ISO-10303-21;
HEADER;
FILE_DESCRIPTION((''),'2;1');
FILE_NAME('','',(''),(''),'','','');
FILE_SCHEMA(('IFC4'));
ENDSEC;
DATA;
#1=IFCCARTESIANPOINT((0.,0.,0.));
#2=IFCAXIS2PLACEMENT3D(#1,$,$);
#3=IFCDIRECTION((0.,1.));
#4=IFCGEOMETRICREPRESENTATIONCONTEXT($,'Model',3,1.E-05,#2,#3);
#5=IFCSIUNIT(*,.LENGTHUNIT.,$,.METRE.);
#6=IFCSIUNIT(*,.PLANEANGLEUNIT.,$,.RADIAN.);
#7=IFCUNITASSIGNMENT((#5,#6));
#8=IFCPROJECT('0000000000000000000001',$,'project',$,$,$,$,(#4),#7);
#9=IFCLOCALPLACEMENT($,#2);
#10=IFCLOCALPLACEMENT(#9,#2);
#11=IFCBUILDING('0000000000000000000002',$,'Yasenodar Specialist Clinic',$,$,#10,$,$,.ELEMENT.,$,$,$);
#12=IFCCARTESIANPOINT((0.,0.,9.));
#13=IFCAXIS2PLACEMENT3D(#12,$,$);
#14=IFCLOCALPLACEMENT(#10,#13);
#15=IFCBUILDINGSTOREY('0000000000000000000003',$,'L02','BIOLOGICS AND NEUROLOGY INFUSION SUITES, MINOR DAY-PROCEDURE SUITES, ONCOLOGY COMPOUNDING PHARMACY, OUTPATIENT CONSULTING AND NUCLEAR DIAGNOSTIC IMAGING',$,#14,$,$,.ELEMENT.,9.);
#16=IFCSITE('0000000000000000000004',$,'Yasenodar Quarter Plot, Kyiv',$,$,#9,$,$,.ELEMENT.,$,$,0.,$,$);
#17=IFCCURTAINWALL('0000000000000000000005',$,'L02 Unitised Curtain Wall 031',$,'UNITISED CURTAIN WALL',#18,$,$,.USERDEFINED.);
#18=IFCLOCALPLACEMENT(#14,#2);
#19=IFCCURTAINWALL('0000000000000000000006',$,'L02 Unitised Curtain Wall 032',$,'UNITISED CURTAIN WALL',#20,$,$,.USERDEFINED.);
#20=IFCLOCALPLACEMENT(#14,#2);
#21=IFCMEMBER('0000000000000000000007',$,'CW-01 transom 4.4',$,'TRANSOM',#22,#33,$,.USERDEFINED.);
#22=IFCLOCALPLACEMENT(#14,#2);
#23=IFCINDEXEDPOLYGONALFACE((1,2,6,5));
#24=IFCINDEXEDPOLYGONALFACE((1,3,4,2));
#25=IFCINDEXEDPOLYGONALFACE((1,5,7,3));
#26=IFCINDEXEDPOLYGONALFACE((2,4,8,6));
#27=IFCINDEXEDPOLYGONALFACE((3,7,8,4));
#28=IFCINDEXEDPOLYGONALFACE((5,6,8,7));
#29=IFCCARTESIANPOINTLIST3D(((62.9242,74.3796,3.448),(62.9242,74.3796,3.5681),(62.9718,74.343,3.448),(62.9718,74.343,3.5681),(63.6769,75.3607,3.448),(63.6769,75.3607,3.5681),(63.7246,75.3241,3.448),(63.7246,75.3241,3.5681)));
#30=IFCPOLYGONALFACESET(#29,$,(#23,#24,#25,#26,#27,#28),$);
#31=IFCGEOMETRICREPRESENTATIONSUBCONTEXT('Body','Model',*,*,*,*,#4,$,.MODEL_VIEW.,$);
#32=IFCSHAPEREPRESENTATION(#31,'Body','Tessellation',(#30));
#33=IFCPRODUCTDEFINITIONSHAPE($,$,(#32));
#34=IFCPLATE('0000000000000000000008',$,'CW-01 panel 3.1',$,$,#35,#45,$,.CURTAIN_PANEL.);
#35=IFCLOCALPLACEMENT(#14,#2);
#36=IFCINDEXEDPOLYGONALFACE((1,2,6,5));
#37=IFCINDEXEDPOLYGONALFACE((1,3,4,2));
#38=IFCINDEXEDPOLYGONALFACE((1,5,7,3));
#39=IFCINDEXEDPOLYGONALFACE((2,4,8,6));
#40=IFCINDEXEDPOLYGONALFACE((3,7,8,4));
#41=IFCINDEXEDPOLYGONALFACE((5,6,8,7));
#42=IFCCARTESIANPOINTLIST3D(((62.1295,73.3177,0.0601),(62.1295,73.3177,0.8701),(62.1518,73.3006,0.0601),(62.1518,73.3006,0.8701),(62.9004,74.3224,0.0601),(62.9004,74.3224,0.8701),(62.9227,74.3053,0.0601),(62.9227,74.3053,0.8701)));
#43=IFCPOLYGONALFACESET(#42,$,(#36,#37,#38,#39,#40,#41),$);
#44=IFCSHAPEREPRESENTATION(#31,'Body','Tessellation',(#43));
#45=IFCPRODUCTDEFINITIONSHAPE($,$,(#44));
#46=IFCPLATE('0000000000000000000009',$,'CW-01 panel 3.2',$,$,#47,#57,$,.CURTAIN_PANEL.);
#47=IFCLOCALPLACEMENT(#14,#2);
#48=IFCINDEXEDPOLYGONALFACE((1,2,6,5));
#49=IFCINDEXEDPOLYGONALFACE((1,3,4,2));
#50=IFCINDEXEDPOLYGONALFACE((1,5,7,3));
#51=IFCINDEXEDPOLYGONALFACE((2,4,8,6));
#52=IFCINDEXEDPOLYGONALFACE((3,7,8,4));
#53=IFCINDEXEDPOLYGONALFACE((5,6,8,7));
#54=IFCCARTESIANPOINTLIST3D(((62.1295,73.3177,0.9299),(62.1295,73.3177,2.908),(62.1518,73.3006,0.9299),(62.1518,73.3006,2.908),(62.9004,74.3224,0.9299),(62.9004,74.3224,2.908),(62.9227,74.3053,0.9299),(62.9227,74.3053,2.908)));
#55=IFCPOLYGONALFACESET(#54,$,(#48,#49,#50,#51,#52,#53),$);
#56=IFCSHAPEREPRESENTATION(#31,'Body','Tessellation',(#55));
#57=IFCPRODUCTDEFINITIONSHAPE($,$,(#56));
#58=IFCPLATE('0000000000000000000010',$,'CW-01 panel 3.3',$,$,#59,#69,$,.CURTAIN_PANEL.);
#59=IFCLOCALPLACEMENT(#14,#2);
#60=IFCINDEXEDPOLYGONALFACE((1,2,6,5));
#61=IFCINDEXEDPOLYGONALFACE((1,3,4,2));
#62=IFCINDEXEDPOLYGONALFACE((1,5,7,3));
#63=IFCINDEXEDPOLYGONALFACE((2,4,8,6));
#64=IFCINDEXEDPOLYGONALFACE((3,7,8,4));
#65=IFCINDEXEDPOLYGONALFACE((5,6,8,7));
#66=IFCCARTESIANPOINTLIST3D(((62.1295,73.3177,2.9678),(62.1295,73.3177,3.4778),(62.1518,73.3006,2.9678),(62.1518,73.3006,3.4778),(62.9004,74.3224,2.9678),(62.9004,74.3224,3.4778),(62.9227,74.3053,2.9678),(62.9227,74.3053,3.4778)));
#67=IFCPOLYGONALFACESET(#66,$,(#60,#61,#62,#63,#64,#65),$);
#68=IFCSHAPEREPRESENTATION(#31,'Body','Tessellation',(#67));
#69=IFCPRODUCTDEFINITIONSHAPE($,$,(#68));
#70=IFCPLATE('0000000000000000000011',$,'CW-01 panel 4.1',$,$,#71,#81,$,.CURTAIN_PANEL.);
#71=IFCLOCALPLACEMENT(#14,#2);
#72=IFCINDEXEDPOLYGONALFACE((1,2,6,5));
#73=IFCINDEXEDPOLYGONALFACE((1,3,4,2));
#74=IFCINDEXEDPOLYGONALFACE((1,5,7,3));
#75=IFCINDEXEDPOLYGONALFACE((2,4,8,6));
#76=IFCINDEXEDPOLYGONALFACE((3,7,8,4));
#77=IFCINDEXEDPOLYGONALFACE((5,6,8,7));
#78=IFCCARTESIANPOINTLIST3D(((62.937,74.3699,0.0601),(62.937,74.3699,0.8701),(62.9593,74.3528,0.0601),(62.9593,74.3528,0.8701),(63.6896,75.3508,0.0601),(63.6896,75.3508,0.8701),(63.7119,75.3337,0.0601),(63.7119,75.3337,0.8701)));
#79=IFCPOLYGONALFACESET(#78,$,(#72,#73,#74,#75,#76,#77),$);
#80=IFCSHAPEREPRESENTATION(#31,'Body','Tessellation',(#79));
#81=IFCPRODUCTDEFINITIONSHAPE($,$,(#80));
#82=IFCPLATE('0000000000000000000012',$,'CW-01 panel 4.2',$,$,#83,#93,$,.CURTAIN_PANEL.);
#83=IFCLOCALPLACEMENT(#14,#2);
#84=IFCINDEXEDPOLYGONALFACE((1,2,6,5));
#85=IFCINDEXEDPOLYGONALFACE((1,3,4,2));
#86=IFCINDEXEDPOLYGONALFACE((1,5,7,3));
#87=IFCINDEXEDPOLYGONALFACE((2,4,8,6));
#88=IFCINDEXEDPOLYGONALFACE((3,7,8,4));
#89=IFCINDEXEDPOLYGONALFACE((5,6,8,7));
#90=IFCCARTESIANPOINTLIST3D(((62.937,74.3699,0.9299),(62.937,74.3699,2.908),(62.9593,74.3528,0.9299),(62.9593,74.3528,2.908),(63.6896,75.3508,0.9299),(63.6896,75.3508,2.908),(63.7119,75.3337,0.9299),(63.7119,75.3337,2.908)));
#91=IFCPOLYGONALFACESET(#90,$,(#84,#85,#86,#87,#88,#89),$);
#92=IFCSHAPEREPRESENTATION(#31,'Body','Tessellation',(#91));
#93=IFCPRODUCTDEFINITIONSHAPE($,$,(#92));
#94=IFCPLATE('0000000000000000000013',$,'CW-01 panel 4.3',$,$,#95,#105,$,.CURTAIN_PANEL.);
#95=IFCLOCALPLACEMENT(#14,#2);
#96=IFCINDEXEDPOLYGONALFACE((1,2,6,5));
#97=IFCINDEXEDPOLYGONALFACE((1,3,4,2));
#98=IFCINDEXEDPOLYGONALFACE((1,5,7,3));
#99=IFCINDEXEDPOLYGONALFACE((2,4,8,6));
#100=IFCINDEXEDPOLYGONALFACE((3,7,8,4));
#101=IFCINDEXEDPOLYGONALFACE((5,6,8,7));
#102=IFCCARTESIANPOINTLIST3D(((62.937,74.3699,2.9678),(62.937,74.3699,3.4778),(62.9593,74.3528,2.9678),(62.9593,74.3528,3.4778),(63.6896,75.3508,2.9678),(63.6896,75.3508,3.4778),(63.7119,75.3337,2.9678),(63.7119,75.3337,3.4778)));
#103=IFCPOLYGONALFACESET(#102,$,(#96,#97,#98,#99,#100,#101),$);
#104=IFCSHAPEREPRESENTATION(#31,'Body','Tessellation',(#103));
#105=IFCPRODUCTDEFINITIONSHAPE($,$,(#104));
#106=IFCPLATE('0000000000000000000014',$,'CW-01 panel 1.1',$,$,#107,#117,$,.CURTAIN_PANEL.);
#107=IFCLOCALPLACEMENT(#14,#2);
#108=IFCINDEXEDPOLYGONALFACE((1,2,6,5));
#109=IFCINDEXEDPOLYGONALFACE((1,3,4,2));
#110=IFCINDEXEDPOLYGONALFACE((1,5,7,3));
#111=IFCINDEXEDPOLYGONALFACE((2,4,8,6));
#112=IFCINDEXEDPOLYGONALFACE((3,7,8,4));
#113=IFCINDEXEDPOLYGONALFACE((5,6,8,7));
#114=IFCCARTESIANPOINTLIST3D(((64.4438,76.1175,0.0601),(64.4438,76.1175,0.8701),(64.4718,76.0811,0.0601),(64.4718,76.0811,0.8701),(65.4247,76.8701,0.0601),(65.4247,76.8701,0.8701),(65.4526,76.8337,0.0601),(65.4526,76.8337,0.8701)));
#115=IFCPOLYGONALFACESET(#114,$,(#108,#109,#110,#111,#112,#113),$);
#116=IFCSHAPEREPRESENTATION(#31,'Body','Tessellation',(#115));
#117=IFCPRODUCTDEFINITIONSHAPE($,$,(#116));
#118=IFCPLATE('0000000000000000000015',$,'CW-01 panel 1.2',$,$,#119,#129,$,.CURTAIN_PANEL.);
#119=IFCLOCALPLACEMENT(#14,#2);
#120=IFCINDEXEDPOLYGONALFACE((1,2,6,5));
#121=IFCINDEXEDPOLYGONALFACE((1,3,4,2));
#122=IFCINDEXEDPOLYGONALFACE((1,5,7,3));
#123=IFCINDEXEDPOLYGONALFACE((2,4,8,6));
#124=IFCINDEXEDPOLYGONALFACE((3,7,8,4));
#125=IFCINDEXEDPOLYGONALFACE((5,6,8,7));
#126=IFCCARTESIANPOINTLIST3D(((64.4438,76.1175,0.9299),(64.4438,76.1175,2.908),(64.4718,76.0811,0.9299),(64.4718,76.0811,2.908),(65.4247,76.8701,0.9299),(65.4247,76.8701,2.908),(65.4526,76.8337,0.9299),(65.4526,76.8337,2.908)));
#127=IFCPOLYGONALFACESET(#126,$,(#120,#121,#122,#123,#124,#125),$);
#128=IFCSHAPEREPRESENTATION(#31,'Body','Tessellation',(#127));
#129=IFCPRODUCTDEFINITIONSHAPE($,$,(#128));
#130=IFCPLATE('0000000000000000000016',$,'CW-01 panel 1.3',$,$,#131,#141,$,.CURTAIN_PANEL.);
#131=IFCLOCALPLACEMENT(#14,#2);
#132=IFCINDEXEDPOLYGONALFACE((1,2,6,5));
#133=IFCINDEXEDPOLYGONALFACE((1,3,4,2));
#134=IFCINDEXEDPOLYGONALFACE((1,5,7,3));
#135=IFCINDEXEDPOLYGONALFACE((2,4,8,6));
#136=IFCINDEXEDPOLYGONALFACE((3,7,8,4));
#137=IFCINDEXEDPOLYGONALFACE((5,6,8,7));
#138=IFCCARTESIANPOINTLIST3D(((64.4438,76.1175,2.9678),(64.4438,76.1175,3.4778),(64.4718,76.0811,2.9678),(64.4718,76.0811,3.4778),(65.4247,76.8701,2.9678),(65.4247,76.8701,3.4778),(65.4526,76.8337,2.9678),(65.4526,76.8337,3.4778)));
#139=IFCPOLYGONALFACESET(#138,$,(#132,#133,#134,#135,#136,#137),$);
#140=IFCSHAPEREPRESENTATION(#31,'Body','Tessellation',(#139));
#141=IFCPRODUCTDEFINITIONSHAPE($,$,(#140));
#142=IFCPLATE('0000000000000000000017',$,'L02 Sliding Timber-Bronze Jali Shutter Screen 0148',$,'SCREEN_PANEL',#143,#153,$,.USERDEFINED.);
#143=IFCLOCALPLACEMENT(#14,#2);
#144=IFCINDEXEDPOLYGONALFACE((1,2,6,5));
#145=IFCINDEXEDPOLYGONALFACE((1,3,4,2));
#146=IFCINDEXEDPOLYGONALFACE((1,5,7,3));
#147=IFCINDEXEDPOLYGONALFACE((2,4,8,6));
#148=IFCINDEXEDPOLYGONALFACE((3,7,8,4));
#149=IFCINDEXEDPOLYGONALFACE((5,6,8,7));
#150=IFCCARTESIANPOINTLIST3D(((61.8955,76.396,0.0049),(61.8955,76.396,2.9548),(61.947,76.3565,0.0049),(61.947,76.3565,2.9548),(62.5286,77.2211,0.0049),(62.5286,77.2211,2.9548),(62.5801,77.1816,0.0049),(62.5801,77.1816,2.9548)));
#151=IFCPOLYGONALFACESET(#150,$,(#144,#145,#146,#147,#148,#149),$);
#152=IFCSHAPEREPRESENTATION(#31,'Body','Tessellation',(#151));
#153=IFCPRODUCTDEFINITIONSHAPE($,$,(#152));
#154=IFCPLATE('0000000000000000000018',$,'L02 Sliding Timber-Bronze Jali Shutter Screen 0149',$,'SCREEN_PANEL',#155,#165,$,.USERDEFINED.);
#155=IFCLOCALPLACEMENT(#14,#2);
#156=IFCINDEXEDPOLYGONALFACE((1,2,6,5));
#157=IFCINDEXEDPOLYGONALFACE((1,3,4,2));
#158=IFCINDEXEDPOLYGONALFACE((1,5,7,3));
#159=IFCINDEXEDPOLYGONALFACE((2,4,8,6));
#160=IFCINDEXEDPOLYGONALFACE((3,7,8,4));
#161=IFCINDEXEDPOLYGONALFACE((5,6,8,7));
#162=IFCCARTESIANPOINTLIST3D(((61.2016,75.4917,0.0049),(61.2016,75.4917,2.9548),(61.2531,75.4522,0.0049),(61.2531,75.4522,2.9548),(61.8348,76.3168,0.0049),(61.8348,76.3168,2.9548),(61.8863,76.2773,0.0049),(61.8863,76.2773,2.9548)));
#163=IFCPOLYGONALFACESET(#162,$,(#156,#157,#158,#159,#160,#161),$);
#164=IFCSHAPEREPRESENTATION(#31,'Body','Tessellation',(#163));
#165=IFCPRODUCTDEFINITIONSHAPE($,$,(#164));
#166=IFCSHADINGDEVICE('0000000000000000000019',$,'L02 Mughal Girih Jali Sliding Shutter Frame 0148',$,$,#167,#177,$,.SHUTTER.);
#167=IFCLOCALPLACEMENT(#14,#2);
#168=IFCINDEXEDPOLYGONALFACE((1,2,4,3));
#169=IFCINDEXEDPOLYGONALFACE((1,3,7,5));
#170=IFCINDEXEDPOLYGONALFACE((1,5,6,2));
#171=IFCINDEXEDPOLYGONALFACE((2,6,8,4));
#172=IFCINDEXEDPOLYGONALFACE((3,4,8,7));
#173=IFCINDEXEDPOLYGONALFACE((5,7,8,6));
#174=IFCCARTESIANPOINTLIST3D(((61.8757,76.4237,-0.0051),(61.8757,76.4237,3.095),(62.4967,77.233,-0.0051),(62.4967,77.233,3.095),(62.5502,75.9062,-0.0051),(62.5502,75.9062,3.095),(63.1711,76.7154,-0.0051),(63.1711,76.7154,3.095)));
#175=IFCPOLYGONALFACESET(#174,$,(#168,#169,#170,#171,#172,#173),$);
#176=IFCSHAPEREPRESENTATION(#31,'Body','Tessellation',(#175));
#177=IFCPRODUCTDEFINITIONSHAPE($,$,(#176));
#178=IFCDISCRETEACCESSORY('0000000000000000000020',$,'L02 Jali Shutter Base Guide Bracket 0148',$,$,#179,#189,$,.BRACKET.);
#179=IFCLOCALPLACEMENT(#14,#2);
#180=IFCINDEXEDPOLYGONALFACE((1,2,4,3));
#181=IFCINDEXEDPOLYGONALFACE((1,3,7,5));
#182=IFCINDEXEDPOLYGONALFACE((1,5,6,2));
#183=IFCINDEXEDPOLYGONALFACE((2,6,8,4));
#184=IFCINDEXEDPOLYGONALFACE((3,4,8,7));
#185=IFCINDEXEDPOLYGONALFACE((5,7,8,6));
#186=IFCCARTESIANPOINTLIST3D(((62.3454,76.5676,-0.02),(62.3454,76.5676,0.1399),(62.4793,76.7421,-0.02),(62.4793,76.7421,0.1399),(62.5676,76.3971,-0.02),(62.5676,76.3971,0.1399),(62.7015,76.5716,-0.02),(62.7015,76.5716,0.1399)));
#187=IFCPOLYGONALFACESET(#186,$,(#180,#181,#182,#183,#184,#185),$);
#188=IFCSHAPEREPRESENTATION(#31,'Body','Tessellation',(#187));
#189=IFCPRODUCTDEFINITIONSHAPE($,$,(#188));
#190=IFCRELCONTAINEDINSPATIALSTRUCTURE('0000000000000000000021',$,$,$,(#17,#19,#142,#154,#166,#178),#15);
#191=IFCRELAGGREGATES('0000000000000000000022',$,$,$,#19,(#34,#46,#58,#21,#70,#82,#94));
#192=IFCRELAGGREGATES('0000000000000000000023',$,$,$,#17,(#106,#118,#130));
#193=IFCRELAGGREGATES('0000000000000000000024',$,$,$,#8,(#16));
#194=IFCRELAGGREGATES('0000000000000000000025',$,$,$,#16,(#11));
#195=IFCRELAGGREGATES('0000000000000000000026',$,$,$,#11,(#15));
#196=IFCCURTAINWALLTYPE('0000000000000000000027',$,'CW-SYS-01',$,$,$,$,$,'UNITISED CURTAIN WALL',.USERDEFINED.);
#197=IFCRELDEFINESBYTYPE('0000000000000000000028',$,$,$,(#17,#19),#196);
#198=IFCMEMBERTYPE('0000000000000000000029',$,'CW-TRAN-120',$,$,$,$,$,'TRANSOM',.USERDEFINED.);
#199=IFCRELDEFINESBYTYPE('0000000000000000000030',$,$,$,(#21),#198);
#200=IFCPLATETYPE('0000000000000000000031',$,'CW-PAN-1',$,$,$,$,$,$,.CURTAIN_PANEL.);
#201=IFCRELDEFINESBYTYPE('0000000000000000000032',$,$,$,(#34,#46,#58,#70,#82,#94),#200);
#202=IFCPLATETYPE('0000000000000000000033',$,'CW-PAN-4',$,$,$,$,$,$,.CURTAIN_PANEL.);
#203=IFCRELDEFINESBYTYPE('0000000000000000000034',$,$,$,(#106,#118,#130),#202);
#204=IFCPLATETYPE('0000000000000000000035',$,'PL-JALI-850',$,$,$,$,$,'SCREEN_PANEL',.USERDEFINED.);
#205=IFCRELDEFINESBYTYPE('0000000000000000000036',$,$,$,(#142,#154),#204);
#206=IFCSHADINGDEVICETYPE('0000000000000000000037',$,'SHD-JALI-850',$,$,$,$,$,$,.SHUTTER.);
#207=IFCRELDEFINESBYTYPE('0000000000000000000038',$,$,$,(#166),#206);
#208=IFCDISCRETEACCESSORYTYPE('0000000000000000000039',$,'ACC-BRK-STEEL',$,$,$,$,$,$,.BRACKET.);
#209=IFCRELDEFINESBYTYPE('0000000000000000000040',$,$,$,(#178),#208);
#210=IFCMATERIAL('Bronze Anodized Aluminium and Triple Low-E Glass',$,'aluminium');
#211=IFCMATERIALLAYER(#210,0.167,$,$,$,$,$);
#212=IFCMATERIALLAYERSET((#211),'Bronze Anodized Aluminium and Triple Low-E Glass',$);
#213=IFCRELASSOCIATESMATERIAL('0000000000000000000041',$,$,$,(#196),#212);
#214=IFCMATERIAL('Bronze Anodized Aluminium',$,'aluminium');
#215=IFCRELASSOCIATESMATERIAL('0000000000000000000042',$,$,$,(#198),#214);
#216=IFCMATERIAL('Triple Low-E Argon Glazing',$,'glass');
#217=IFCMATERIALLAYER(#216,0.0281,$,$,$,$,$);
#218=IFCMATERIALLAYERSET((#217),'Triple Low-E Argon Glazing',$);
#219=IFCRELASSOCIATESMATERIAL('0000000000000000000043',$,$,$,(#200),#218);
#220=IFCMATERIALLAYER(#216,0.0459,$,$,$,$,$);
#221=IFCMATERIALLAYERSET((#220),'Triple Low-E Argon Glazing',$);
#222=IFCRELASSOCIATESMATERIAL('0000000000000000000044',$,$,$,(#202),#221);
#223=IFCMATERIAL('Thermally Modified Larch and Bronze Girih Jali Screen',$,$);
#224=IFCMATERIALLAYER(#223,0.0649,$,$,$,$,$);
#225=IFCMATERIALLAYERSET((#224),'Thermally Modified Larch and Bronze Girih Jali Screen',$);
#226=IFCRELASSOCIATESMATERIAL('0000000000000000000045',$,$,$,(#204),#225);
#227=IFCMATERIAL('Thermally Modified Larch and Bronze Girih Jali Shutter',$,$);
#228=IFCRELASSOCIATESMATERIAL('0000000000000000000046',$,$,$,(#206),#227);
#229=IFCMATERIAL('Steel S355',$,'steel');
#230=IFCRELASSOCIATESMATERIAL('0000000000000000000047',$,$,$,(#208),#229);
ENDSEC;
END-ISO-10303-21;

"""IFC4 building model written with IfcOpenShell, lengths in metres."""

from ifc_helpers import new_model, si_unit, direction, frame, origin, origin_2d, place, context, subcontext, project, spatial, rectangle, extrude, material, layer, layer_set, material_profile, profile_set, type_object, element, aggregate, save


model = new_model("IFC4")

# Units and contexts
model_context = context("Model", 3, precision=1e-05, world=origin(), true_north=direction((0.0, 1.0)))
body_context = subcontext(model_context, "Body", "Model", "MODEL_VIEW")
ifc_project = project(units=[si_unit("LENGTHUNIT", "METRE"), si_unit("PLANEANGLEUNIT", "RADIAN")], contexts=[model_context])

# Site, building, storey
site_placement = place(None, origin())
site = spatial("IfcSite", under=ifc_project, at=site_placement, Name="Yasenodar Quarter Plot, Kyiv", CompositionType="ELEMENT", RefElevation=0.0)
building_placement = place(site_placement, origin())
building = spatial("IfcBuilding", under=site, at=building_placement, Name="Yasenodar Specialist Clinic", CompositionType="ELEMENT")
storey_placement = place(building_placement, frame((0.0, 0.0, 9.0)))
storey = spatial("IfcBuildingStorey", under=building, at=storey_placement, Name="L02", Description="BIOLOGICS AND NEUROLOGY INFUSION SUITES, MINOR DAY-PROCEDURE SUITES, ONCOLOGY COMPOUNDING PHARMACY, OUTPATIENT CONSULTING AND NUCLEAR DIAGNOSTIC IMAGING", CompositionType="ELEMENT", Elevation=9.0)

# Shared definitions
ifc_material_1 = material(Name="Steel S355", Category="steel")

# Curtain walls
ifc_material_2 = material(Name="Bronze Anodized Aluminium and Triple Low-E Glass", Category="aluminium")
ifc_layer_1 = layer(ifc_material_2, 0.167)
ifc_layer_set_1 = layer_set([ifc_layer_1], Name="Bronze Anodized Aluminium and Triple Low-E Glass")
curtain_wall_type = type_object("IfcCurtainWallType", Name="CW-SYS-01", ElementType="UNITISED CURTAIN WALL", PredefinedType="USERDEFINED", material=ifc_layer_set_1)
curtain_wall_1_placement = place(storey_placement, origin())
curtain_wall_1 = element("IfcCurtainWall", 1, at=curtain_wall_1_placement, inside=storey, type_object=curtain_wall_type, Name="L02 Unitised Curtain Wall 031", ObjectType="UNITISED CURTAIN WALL", PredefinedType="USERDEFINED")
ifc_material_3 = material(Name="Bronze Anodized Aluminium", Category="aluminium")
curtain_wall_2_placement = place(storey_placement, origin())
curtain_wall_2 = element("IfcCurtainWall", 2, at=curtain_wall_2_placement, inside=storey, type_object=curtain_wall_type, Name="L02 Unitised Curtain Wall 032", ObjectType="UNITISED CURTAIN WALL", PredefinedType="USERDEFINED")

# Member
ifc_material_profile_1 = material_profile(ifc_material_3, rectangle(XDim=0.0601, YDim=0.1201, at=origin_2d()), Name="CW-TRAN 60x120")
ifc_profile_set_1 = profile_set([ifc_material_profile_1], Name="Bronze Anodized Aluminium")
member_type_1 = type_object("IfcMemberType", Name="CW-TRAN-120", ElementType="TRANSOM", PredefinedType="USERDEFINED", material=ifc_profile_set_1)
member_1_placement = place(storey_placement, frame((62.948, 74.3613, 3.5081), z_axis=(0.608747, 0.793365, 0.0), x_axis=(-0.793365, 0.608747, 0.0)))
member_1 = element("IfcMember", 3, at=member_1_placement, type_object=member_type_1, Name="CW-01 transom 4.4", ObjectType="TRANSOM", PredefinedType="USERDEFINED", context=body_context, shape_type="SweptSolid", body=[
    extrude(rectangle(XDim=0.0601, YDim=0.1201, at=origin_2d()), origin(), (0.0, 0.0, 1.0), 1.2366),
])

# Plates
ifc_material_4 = material(Name="Triple Low-E Argon Glazing", Category="glass")
ifc_layer_2 = layer(ifc_material_4, 0.0281)
ifc_layer_set_2 = layer_set([ifc_layer_2], Name="Triple Low-E Argon Glazing")
plate_type_1 = type_object("IfcPlateType", Name="CW-PAN-1", PredefinedType="CURTAIN_PANEL", material=ifc_layer_set_2)
plate_1_placement = place(storey_placement, frame((62.5261, 73.8115, 0.0601), z_axis=(0.0, 0.0, 1.0), x_axis=(0.608752, 0.793361, 0.0)))
plate_1 = element("IfcPlate", 4, at=plate_1_placement, type_object=plate_type_1, Name="CW-01 panel 3.1", PredefinedType="CURTAIN_PANEL", context=body_context, shape_type="SweptSolid", body=[
    extrude(rectangle(XDim=1.2664, YDim=0.0281, at=origin_2d()), origin(), (0.0, 0.0, 1.0), 0.8101),
])
plate_2_placement = place(storey_placement, frame((62.5261, 73.8115, 0.9299), z_axis=(0.0, 0.0, 1.0), x_axis=(0.608752, 0.793361, 0.0)))
plate_2 = element("IfcPlate", 5, at=plate_2_placement, type_object=plate_type_1, Name="CW-01 panel 3.2", PredefinedType="CURTAIN_PANEL", context=body_context, shape_type="SweptSolid", body=[
    extrude(rectangle(XDim=1.2664, YDim=0.0281, at=origin_2d()), origin(), (0.0, 0.0, 1.0), 1.978),
])
plate_3_placement = place(storey_placement, frame((62.5261, 73.8115, 2.9678), z_axis=(0.0, 0.0, 1.0), x_axis=(0.608752, 0.793361, 0.0)))
plate_3 = element("IfcPlate", 6, at=plate_3_placement, type_object=plate_type_1, Name="CW-01 panel 3.3", PredefinedType="CURTAIN_PANEL", context=body_context, shape_type="SweptSolid", body=[
    extrude(rectangle(XDim=1.2664, YDim=0.0281, at=origin_2d()), origin(), (0.0, 0.0, 1.0), 0.51),
])
plate_4_placement = place(storey_placement, frame((63.3245, 74.8518, 0.0601), z_axis=(0.0, 0.0, 1.0), x_axis=(0.608752, 0.793361, 0.0)))
plate_4 = element("IfcPlate", 7, at=plate_4_placement, type_object=plate_type_1, Name="CW-01 panel 4.1", PredefinedType="CURTAIN_PANEL", context=body_context, shape_type="SweptSolid", body=[
    extrude(rectangle(XDim=1.2363, YDim=0.0281, at=origin_2d()), origin(), (0.0, 0.0, 1.0), 0.8101),
])
plate_5_placement = place(storey_placement, frame((63.3245, 74.8518, 0.9299), z_axis=(0.0, 0.0, 1.0), x_axis=(0.608752, 0.793361, 0.0)))
plate_5 = element("IfcPlate", 8, at=plate_5_placement, type_object=plate_type_1, Name="CW-01 panel 4.2", PredefinedType="CURTAIN_PANEL", context=body_context, shape_type="SweptSolid", body=[
    extrude(rectangle(XDim=1.2363, YDim=0.0281, at=origin_2d()), origin(), (0.0, 0.0, 1.0), 1.978),
])
plate_6_placement = place(storey_placement, frame((63.3245, 74.8518, 2.9678), z_axis=(0.0, 0.0, 1.0), x_axis=(0.608752, 0.793361, 0.0)))
plate_6 = element("IfcPlate", 9, at=plate_6_placement, type_object=plate_type_1, Name="CW-01 panel 4.3", PredefinedType="CURTAIN_PANEL", context=body_context, shape_type="SweptSolid", body=[
    extrude(rectangle(XDim=1.2363, YDim=0.0281, at=origin_2d()), origin(), (0.0, 0.0, 1.0), 0.51),
])
aggregate(curtain_wall_2, [plate_1, plate_2, plate_3, member_1, plate_4, plate_5, plate_6])
ifc_layer_3 = layer(ifc_material_4, 0.0459)
ifc_layer_set_3 = layer_set([ifc_layer_3], Name="Triple Low-E Argon Glazing")
plate_type_2 = type_object("IfcPlateType", Name="CW-PAN-4", PredefinedType="CURTAIN_PANEL", material=ifc_layer_set_3)
plate_7_placement = place(storey_placement, frame((64.9482, 76.4756, 0.0601), z_axis=(0.0, 0.0, 1.0), x_axis=(0.793361, 0.608752, 0.0)))
plate_7 = element("IfcPlate", 10, at=plate_7_placement, type_object=plate_type_2, Name="CW-01 panel 1.1", PredefinedType="CURTAIN_PANEL", context=body_context, shape_type="SweptSolid", body=[
    extrude(rectangle(XDim=1.2363, YDim=0.0459, at=origin_2d()), origin(), (0.0, 0.0, 1.0), 0.8101),
])
plate_8_placement = place(storey_placement, frame((64.9482, 76.4756, 0.9299), z_axis=(0.0, 0.0, 1.0), x_axis=(0.793361, 0.608752, 0.0)))
plate_8 = element("IfcPlate", 11, at=plate_8_placement, type_object=plate_type_2, Name="CW-01 panel 1.2", PredefinedType="CURTAIN_PANEL", context=body_context, shape_type="SweptSolid", body=[
    extrude(rectangle(XDim=1.2363, YDim=0.0459, at=origin_2d()), origin(), (0.0, 0.0, 1.0), 1.978),
])
plate_9_placement = place(storey_placement, frame((64.9482, 76.4756, 2.9678), z_axis=(0.0, 0.0, 1.0), x_axis=(0.793361, 0.608752, 0.0)))
plate_9 = element("IfcPlate", 12, at=plate_9_placement, type_object=plate_type_2, Name="CW-01 panel 1.3", PredefinedType="CURTAIN_PANEL", context=body_context, shape_type="SweptSolid", body=[
    extrude(rectangle(XDim=1.2363, YDim=0.0459, at=origin_2d()), origin(), (0.0, 0.0, 1.0), 0.51),
])
aggregate(curtain_wall_1, [plate_7, plate_8, plate_9])

# Plates
ifc_material_5 = material(Name="Thermally Modified Larch and Bronze Girih Jali Screen")
ifc_layer_4 = layer(ifc_material_5, 0.0649)
ifc_layer_set_4 = layer_set([ifc_layer_4], Name="Thermally Modified Larch and Bronze Girih Jali Screen")
plate_type_3 = type_object("IfcPlateType", Name="PL-JALI-850", ElementType="SCREEN_PANEL", PredefinedType="USERDEFINED", material=ifc_layer_set_4)
for number, where, z_axis, x_axis, name in (
    (13, (62.2378, 76.7888, 0.0049), (0.0, 0.0, 1.0), (-0.608764, -0.793351, 0.0), "L02 Sliding Timber-Bronze Jali Shutter Screen 0148"),
    (14, (61.5439, 75.8845, 0.0049), (0.0, 0.0, 1.0), (-0.608764, -0.793351, 0.0), "L02 Sliding Timber-Bronze Jali Shutter Screen 0149"),
):
    element("IfcPlate", number, at=place(storey_placement, frame(where, z_axis=z_axis, x_axis=x_axis)), inside=storey, type_object=plate_type_3, Name=name, ObjectType="SCREEN_PANEL", PredefinedType="USERDEFINED", context=body_context, shape_type="SweptSolid", body=[
        extrude(rectangle(XDim=1.04, YDim=0.0649, at=origin_2d()), origin(), (0.0, 0.0, 1.0), 2.95),
    ])

# Shading device
ifc_material_6 = material(Name="Thermally Modified Larch and Bronze Girih Jali Shutter")
shading_device_type = type_object("IfcShadingDeviceType", Name="SHD-JALI-850", PredefinedType="SHUTTER", material=ifc_material_6)
shading_device_placement = place(storey_placement, frame((62.5234, 76.5696, -0.0051), z_axis=(0.0, 0.0, 1.0), x_axis=(-0.608764, -0.793351, 0.0)))
element("IfcShadingDevice", 15, at=shading_device_placement, inside=storey, type_object=shading_device_type, Name="L02 Mughal Girih Jali Sliding Shutter Frame 0148", PredefinedType="SHUTTER", context=body_context, shape_type="SweptSolid", body=[
    extrude(rectangle(XDim=1.02, YDim=0.8501, at=origin_2d()), origin(), (0.0, 0.0, 1.0), 3.1001),
])

# Discrete accessory
discrete_accessory_type = type_object("IfcDiscreteAccessoryType", Name="ACC-BRK-STEEL", PredefinedType="BRACKET", material=ifc_material_1)
for number, where, z_axis, x_axis, name in (
    (16, (62.5234, 76.5696, -0.02), (0.0, 0.0, 1.0), (-0.608764, -0.793351, 0.0), "L02 Jali Shutter Base Guide Bracket 0148"),
):
    element("IfcDiscreteAccessory", number, at=place(storey_placement, frame(where, z_axis=z_axis, x_axis=x_axis)), inside=storey, type_object=discrete_accessory_type, Name=name, PredefinedType="BRACKET", context=body_context, shape_type="SweptSolid", body=[
        extrude(rectangle(XDim=0.22, YDim=0.28, at=origin_2d()), origin(), (0.0, 0.0, 1.0), 0.1599),
    ])

save(model, "model.ifc")
